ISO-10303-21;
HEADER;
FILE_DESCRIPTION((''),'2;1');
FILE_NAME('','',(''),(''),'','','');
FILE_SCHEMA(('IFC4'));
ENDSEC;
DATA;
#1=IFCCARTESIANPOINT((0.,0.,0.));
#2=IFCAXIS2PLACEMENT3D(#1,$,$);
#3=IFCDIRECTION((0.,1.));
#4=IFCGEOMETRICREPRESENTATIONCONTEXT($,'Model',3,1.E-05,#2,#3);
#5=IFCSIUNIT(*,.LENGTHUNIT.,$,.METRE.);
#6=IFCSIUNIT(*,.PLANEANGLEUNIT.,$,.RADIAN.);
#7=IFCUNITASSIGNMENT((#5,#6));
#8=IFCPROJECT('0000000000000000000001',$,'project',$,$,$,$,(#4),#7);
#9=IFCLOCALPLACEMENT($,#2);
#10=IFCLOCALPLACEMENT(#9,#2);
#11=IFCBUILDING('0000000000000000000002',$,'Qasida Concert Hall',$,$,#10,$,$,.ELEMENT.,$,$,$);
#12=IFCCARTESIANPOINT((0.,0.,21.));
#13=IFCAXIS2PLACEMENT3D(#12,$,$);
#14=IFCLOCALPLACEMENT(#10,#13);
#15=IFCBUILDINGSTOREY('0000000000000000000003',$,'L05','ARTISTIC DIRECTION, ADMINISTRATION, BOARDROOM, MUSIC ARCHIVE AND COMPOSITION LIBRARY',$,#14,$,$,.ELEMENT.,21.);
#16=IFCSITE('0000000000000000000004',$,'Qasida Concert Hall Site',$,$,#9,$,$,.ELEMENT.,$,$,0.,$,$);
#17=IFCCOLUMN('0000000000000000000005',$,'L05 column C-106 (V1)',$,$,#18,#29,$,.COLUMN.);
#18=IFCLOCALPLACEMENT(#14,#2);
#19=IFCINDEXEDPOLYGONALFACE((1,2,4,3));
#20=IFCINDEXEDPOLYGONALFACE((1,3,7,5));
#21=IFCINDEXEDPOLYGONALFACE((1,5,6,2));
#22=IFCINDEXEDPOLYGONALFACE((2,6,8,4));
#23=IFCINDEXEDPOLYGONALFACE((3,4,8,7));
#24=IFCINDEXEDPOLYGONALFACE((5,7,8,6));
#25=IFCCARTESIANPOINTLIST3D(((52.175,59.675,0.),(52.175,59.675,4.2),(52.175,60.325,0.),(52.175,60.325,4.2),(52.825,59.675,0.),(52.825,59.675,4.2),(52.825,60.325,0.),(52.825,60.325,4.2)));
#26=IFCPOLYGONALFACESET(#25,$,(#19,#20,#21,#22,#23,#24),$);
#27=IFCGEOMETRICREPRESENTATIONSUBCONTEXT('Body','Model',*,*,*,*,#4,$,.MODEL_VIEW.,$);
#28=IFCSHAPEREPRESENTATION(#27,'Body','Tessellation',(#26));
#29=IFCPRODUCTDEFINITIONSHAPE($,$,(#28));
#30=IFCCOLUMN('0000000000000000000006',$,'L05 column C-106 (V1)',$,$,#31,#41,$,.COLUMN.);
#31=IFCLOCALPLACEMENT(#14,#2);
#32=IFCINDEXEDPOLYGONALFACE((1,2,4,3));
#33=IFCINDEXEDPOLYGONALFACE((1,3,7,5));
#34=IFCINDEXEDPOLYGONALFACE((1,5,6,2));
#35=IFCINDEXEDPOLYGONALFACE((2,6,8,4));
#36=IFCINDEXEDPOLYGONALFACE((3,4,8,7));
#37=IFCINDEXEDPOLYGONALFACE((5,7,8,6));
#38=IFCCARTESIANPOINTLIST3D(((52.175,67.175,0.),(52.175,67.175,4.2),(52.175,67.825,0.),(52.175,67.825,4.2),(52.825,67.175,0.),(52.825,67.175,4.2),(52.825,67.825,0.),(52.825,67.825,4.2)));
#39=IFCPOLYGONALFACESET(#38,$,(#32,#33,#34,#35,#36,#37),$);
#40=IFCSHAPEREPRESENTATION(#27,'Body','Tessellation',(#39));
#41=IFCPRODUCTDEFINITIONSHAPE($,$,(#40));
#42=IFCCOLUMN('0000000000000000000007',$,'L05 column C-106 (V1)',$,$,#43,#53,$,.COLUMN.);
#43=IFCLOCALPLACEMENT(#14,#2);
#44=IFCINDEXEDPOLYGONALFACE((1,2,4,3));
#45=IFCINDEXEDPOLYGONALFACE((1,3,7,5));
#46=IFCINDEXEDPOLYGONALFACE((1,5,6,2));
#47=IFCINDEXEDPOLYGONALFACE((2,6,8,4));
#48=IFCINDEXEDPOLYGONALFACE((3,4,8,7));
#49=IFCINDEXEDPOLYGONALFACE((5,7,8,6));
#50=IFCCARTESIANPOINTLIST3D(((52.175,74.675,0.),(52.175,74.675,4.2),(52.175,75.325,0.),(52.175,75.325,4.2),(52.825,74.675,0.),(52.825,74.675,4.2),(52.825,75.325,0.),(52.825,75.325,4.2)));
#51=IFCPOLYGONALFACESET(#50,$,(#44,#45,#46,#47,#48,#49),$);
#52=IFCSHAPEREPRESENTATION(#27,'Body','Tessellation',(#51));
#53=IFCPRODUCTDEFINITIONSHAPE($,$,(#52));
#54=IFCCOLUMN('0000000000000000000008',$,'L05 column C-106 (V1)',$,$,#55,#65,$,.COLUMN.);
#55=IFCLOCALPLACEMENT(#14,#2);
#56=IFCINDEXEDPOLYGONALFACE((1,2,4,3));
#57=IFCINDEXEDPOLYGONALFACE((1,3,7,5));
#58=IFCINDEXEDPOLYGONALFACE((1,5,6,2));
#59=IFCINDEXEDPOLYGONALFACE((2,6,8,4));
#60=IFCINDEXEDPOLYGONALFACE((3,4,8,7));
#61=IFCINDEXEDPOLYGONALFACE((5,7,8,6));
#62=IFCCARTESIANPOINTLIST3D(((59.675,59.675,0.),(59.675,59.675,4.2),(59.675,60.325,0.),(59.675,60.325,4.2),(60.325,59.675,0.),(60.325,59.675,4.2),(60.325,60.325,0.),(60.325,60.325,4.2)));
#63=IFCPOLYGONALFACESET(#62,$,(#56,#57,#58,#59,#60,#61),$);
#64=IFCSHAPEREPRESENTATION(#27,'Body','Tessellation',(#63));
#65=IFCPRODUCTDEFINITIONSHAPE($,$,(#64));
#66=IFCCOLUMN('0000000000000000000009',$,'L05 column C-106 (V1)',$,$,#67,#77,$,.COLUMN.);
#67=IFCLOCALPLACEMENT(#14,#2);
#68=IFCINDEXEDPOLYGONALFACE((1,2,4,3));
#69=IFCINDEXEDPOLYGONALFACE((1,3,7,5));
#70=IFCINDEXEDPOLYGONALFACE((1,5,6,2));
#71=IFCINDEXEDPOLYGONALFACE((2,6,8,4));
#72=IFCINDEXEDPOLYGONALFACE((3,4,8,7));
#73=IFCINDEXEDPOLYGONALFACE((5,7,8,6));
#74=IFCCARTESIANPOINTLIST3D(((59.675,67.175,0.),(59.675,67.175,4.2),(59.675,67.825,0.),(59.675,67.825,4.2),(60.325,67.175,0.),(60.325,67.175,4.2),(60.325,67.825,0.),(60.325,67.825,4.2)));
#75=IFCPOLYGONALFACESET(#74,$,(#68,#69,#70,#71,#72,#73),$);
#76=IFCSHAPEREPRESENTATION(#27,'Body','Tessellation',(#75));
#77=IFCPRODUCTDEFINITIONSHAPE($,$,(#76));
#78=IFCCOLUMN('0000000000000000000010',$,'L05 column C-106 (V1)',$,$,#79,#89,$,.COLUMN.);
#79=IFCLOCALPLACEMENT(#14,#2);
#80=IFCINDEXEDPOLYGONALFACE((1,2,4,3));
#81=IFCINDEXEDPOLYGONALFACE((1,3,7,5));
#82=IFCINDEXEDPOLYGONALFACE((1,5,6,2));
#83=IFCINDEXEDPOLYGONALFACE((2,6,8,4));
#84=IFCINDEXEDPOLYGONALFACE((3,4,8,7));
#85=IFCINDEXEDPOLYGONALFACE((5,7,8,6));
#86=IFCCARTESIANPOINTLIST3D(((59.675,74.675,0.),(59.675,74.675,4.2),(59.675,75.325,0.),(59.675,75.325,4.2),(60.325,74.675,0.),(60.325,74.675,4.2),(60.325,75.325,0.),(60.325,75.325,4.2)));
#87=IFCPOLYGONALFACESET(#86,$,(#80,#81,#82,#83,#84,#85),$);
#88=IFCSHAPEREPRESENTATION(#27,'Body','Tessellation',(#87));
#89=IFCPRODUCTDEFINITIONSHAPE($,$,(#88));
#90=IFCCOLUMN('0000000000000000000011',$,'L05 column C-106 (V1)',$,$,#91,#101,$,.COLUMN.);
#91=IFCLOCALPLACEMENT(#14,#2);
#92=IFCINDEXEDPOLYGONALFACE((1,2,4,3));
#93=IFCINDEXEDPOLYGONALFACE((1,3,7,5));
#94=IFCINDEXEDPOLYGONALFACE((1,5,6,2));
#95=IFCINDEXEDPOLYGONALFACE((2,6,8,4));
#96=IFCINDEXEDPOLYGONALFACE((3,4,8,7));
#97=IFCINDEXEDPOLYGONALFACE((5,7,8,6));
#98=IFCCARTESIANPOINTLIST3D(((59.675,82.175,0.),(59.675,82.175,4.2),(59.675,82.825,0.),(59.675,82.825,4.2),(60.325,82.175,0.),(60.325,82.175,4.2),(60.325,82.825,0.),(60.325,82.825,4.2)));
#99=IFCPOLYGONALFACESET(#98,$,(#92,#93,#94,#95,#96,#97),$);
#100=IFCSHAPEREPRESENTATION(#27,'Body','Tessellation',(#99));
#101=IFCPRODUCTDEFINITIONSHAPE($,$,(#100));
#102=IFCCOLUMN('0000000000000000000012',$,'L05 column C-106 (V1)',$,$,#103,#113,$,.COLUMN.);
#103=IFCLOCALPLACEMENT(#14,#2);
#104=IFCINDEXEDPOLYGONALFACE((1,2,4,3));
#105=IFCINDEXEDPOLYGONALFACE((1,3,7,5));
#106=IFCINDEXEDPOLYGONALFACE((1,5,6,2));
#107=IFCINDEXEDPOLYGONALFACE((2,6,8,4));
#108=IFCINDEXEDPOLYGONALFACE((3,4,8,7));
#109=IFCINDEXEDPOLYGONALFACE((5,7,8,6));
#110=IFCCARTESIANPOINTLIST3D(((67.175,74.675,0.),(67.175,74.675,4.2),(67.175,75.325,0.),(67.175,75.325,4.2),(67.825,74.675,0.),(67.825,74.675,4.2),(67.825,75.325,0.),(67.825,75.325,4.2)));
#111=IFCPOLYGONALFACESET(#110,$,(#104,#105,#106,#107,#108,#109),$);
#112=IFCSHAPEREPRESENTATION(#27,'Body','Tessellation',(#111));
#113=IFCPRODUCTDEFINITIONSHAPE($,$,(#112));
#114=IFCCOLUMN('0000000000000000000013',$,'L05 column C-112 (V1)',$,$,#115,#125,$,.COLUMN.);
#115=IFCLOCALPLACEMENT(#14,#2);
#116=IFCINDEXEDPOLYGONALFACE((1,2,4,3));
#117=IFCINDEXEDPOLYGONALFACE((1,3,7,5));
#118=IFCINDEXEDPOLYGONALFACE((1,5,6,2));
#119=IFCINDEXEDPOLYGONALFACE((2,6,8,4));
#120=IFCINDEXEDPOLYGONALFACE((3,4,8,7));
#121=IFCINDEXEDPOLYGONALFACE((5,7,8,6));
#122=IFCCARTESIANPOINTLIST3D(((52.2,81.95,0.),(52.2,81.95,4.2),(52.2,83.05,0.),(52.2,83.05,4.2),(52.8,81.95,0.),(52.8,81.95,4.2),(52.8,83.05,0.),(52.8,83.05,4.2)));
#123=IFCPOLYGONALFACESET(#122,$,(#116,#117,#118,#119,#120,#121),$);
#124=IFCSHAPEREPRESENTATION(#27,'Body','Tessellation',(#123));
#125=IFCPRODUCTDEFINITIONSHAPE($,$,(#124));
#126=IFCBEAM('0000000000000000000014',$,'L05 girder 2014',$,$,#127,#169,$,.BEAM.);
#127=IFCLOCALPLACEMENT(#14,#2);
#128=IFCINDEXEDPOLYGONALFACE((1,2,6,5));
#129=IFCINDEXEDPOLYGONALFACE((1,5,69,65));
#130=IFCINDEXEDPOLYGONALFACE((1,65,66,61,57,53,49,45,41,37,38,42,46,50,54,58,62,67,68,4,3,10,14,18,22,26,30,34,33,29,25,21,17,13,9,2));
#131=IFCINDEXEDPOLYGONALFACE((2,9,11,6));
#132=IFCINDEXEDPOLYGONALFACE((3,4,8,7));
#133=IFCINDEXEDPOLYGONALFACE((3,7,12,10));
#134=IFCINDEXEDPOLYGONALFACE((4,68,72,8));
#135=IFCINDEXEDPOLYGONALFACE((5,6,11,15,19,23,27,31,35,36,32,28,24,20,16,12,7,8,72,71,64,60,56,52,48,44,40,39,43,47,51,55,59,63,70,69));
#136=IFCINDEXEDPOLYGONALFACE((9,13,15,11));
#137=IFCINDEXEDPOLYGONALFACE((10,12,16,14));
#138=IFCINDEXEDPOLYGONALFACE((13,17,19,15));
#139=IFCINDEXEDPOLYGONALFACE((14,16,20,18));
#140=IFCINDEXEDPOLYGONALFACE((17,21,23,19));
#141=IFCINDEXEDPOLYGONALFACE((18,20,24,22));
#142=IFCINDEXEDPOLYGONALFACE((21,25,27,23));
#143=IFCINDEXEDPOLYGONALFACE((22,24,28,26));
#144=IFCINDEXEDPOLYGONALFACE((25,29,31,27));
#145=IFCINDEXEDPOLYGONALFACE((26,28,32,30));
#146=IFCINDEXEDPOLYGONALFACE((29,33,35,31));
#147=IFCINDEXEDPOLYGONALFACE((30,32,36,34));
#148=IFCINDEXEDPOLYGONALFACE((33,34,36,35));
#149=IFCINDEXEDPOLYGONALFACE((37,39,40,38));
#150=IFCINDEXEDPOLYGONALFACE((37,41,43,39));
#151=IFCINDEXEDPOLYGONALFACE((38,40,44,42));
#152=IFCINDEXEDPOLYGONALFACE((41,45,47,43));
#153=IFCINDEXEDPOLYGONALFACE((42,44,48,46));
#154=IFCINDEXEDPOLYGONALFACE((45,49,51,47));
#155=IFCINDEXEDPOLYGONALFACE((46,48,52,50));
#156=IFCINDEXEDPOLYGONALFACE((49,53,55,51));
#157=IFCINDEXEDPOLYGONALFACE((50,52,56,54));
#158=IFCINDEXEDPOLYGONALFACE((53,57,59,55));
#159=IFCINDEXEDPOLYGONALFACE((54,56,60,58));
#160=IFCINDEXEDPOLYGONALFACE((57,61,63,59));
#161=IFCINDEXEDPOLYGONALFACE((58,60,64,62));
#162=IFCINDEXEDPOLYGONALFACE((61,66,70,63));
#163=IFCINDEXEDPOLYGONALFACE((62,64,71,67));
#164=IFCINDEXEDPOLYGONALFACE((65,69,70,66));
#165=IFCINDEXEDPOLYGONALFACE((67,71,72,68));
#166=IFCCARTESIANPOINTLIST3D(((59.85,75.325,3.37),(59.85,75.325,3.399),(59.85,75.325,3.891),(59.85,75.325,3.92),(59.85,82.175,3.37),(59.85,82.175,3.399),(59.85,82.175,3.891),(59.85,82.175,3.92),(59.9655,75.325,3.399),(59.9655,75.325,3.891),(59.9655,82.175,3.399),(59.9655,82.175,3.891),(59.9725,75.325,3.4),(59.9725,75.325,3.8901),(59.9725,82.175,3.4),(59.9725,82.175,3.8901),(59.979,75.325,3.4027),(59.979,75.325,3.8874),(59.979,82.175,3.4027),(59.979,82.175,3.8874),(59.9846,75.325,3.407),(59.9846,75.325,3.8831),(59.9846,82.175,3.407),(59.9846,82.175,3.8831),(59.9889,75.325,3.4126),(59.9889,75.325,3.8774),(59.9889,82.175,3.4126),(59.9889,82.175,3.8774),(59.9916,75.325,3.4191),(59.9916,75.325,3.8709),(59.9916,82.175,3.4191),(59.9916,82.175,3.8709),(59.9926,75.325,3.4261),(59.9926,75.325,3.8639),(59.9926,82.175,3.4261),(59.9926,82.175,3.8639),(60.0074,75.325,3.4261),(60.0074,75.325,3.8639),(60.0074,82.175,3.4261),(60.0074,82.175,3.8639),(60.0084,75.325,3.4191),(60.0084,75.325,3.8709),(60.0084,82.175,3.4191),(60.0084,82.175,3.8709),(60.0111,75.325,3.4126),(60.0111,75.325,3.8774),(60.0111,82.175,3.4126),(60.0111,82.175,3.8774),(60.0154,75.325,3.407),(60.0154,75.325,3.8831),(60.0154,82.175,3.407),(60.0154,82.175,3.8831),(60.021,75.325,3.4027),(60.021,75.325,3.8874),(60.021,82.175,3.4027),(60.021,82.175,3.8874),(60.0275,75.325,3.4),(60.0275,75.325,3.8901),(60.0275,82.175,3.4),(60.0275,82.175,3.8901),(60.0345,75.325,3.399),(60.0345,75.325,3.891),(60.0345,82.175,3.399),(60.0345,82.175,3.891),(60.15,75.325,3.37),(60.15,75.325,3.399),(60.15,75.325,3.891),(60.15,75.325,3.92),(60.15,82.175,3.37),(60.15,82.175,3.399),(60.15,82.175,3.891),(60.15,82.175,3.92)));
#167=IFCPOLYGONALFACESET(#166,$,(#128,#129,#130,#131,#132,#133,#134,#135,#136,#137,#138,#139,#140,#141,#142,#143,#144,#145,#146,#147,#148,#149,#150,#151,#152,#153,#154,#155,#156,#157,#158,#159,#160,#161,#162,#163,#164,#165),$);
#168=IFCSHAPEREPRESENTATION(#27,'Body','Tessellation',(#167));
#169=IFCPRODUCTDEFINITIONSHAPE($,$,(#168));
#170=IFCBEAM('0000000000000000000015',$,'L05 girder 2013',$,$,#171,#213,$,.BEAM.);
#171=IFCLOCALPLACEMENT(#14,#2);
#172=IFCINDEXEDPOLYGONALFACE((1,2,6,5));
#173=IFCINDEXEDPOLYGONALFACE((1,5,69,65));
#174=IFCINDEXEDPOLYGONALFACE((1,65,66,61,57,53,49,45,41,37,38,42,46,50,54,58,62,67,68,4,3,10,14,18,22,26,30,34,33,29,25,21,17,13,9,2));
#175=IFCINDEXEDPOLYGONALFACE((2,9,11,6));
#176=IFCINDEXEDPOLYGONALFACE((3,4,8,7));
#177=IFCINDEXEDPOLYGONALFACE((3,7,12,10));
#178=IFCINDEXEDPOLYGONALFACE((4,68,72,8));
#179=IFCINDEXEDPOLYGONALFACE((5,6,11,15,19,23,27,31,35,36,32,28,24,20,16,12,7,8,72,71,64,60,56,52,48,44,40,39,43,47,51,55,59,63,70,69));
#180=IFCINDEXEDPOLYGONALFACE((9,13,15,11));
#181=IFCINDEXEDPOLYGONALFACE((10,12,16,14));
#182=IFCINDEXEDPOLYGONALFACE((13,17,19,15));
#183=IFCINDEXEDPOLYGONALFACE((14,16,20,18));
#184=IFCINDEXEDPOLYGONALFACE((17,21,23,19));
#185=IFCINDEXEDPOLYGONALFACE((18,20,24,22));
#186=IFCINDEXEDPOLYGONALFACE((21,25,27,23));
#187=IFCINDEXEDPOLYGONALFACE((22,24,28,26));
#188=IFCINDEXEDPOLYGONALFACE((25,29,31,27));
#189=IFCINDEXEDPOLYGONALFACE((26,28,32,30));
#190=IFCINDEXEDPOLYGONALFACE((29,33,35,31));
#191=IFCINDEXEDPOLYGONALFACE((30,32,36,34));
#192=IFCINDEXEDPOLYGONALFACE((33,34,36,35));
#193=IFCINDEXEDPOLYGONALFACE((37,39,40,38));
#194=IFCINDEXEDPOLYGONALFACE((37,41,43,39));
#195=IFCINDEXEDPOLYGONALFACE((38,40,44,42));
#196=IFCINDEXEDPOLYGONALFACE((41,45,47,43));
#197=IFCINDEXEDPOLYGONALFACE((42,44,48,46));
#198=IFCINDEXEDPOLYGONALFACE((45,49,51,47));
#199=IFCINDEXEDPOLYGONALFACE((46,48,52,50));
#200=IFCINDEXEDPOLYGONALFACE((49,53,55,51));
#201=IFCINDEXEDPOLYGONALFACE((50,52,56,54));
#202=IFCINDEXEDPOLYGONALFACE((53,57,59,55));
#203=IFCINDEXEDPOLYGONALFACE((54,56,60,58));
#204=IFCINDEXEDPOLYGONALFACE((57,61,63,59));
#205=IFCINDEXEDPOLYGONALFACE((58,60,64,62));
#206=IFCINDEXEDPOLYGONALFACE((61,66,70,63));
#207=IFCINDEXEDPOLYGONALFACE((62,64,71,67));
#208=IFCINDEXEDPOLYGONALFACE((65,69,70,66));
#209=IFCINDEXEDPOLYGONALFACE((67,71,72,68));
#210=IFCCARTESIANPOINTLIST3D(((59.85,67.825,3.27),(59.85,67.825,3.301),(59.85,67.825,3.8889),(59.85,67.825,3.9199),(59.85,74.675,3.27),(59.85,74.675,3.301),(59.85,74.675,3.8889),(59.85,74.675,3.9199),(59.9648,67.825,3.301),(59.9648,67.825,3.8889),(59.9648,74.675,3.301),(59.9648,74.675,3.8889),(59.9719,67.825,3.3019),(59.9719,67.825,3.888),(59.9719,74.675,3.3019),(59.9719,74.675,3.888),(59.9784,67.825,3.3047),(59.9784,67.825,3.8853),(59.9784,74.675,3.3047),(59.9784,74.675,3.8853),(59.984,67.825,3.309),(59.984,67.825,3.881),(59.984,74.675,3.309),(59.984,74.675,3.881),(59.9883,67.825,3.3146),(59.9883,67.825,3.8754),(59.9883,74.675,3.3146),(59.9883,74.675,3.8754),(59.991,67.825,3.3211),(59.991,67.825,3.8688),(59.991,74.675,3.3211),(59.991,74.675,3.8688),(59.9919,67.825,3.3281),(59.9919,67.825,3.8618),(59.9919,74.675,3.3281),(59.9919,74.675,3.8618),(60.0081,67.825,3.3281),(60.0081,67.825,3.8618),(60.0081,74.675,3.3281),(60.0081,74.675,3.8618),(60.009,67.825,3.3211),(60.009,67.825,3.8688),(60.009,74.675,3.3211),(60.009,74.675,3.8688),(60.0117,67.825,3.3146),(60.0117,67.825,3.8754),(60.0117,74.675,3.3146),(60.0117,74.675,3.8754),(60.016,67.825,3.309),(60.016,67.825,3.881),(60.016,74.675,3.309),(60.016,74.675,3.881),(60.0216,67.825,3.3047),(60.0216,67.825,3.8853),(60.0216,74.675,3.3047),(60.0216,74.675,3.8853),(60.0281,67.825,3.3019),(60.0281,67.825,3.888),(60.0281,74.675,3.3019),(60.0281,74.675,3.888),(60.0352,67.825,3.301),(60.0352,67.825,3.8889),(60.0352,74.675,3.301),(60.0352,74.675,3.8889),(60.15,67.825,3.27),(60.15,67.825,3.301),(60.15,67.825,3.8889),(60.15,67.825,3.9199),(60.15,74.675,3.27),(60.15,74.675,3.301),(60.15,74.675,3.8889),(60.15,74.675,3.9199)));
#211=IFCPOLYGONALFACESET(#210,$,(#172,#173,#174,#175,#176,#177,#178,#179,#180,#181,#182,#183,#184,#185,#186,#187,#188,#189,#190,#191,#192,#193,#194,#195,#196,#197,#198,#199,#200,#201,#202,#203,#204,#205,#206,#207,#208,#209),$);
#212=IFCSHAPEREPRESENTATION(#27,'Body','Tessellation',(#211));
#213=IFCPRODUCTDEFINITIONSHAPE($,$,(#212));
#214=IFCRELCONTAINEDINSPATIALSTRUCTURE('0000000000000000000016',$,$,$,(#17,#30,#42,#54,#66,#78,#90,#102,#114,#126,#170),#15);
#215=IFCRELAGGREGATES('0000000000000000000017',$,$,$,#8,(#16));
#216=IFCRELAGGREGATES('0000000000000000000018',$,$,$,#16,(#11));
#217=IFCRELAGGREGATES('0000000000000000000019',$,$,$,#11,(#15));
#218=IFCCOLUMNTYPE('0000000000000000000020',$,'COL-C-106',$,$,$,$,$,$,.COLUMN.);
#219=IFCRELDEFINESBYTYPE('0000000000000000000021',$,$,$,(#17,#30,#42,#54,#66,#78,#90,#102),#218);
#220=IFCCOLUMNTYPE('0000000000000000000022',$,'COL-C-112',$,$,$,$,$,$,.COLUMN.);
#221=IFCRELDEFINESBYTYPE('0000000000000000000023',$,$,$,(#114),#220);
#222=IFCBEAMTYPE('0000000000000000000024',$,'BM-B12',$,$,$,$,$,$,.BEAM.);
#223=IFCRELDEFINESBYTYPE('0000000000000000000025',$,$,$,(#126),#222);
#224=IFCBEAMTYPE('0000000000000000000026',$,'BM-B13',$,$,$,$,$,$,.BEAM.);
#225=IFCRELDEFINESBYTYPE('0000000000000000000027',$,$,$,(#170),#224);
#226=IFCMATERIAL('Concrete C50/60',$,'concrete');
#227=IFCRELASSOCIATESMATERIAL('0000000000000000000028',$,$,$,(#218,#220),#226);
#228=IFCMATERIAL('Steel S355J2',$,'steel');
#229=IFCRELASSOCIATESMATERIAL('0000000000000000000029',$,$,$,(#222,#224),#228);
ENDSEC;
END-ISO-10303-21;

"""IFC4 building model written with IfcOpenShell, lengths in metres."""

from ifc_helpers import new_model, si_unit, direction, frame, origin, origin_2d, place, context, subcontext, project, spatial, rectangle, i_section, extrude, material, material_profile, profile_set, type_object, element, save


model = new_model("IFC4")

# Units and contexts
model_context = context("Model", 3, precision=1e-05, world=origin(), true_north=direction((0.0, 1.0)))
body_context = subcontext(model_context, "Body", "Model", "MODEL_VIEW")
ifc_project = project(units=[si_unit("LENGTHUNIT", "METRE"), si_unit("PLANEANGLEUNIT", "RADIAN")], contexts=[model_context])

# Site, building, storey
site_placement = place(None, origin())
site = spatial("IfcSite", under=ifc_project, at=site_placement, Name="Qasida Concert Hall Site", CompositionType="ELEMENT", RefElevation=0.0)
building_placement = place(site_placement, origin())
building = spatial("IfcBuilding", under=site, at=building_placement, Name="Qasida Concert Hall", CompositionType="ELEMENT")
storey_placement = place(building_placement, frame((0.0, 0.0, 21.0)))
storey = spatial("IfcBuildingStorey", under=building, at=storey_placement, Name="L05", Description="ARTISTIC DIRECTION, ADMINISTRATION, BOARDROOM, MUSIC ARCHIVE AND COMPOSITION LIBRARY", CompositionType="ELEMENT", Elevation=21.0)

# Columns
ifc_material_1 = material(Name="Concrete C50/60", Category="concrete")
ifc_material_profile_1 = material_profile(ifc_material_1, rectangle(XDim=0.6499, YDim=0.6499, at=origin_2d()), Name="RC 650x650")
ifc_profile_set_1 = profile_set([ifc_material_profile_1], Name="Concrete C50/60")
column_type_1 = type_object("IfcColumnType", Name="COL-C-106", PredefinedType="COLUMN", material=ifc_profile_set_1)
for number, where, z_axis, x_axis, name in (
    (1, (52.5, 60.0, 0.0), (0.0, 0.0, 1.0), (1.0, 0.0, 0.0), "L05 column C-106 (V1)"),
    (2, (52.5, 67.5, 0.0), (0.0, 0.0, 1.0), (1.0, 0.0, 0.0), "L05 column C-106 (V1)"),
    (3, (52.5, 75.0, 0.0), (0.0, 0.0, 1.0), (1.0, 0.0, 0.0), "L05 column C-106 (V1)"),
    (4, (60.0, 60.0, 0.0), (0.0, 0.0, 1.0), (1.0, 0.0, 0.0), "L05 column C-106 (V1)"),
    (5, (60.0, 67.5, 0.0), (0.0, 0.0, 1.0), (1.0, 0.0, 0.0), "L05 column C-106 (V1)"),
    (6, (60.0, 75.0, 0.0), (0.0, 0.0, 1.0), (1.0, 0.0, 0.0), "L05 column C-106 (V1)"),
    (7, (60.0, 82.5, 0.0), (0.0, 0.0, 1.0), (1.0, 0.0, 0.0), "L05 column C-106 (V1)"),
    (8, (67.5, 75.0, 0.0), (0.0, 0.0, 1.0), (1.0, 0.0, 0.0), "L05 column C-106 (V1)"),
):
    element("IfcColumn", number, at=place(storey_placement, frame(where, z_axis=z_axis, x_axis=x_axis)), inside=storey, type_object=column_type_1, Name=name, PredefinedType="COLUMN", context=body_context, shape_type="SweptSolid", body=[
        extrude(rectangle(XDim=0.6499, YDim=0.6499, at=origin_2d()), origin(), (0.0, 0.0, 1.0), 4.2),
    ])
ifc_material_profile_2 = material_profile(ifc_material_1, rectangle(XDim=0.6001, YDim=1.1001, at=origin_2d()), Name="RC 600x1100")
ifc_profile_set_2 = profile_set([ifc_material_profile_2], Name="Concrete C50/60")
column_type_2 = type_object("IfcColumnType", Name="COL-C-112", PredefinedType="COLUMN", material=ifc_profile_set_2)
column_placement = place(storey_placement, frame((52.5, 82.5, 0.0), z_axis=(0.0, 0.0, 1.0), x_axis=(1.0, 0.0, 0.0)))
element("IfcColumn", 9, at=column_placement, inside=storey, type_object=column_type_2, Name="L05 column C-112 (V1)", PredefinedType="COLUMN", context=body_context, shape_type="SweptSolid", body=[
    extrude(rectangle(XDim=0.6001, YDim=1.1001, at=origin_2d()), origin(), (0.0, 0.0, 1.0), 4.2),
])

# Beams
ifc_material_2 = material(Name="Steel S355J2", Category="steel")
ifc_material_profile_3 = material_profile(ifc_material_2, i_section(OverallWidth=0.3, OverallDepth=0.55, WebThickness=0.0149, FlangeThickness=0.0291, FilletRadius=0.0271, at=origin_2d()), Name="HEB 550")
ifc_profile_set_3 = profile_set([ifc_material_profile_3], Name="Steel S355J2")
beam_type_1 = type_object("IfcBeamType", Name="BM-B12", PredefinedType="BEAM", material=ifc_profile_set_3)
beam_1_placement = place(storey_placement, frame((60.0, 75.325, 3.645), z_axis=(0.0, 1.0, 0.0), x_axis=(-1.0, 0.0, 0.0)))
element("IfcBeam", 10, at=beam_1_placement, inside=storey, type_object=beam_type_1, Name="L05 girder 2014", PredefinedType="BEAM", context=body_context, shape_type="SweptSolid", body=[
    extrude(i_section(OverallWidth=0.3, OverallDepth=0.55, WebThickness=0.0149, FlangeThickness=0.0291, FilletRadius=0.0271, at=origin_2d()), origin(), (0.0, 0.0, 1.0), 6.8501),
])
ifc_material_profile_4 = material_profile(ifc_material_2, i_section(OverallWidth=0.3, OverallDepth=0.6499, WebThickness=0.0161, FlangeThickness=0.031, FilletRadius=0.0271, at=origin_2d()), Name="HEB 650")
ifc_profile_set_4 = profile_set([ifc_material_profile_4], Name="Steel S355J2")
beam_type_2 = type_object("IfcBeamType", Name="BM-B13", PredefinedType="BEAM", material=ifc_profile_set_4)
beam_2_placement = place(storey_placement, frame((60.0, 67.825, 3.595), z_axis=(0.0, 1.0, 0.0), x_axis=(-1.0, 0.0, 0.0)))
element("IfcBeam", 11, at=beam_2_placement, inside=storey, type_object=beam_type_2, Name="L05 girder 2013", PredefinedType="BEAM", context=body_context, shape_type="SweptSolid", body=[
    extrude(i_section(OverallWidth=0.3, OverallDepth=0.6499, WebThickness=0.0161, FlangeThickness=0.031, FilletRadius=0.0271, at=origin_2d()), origin(), (0.0, 0.0, 1.0), 6.8501),
])

save(model, "model.ifc")
